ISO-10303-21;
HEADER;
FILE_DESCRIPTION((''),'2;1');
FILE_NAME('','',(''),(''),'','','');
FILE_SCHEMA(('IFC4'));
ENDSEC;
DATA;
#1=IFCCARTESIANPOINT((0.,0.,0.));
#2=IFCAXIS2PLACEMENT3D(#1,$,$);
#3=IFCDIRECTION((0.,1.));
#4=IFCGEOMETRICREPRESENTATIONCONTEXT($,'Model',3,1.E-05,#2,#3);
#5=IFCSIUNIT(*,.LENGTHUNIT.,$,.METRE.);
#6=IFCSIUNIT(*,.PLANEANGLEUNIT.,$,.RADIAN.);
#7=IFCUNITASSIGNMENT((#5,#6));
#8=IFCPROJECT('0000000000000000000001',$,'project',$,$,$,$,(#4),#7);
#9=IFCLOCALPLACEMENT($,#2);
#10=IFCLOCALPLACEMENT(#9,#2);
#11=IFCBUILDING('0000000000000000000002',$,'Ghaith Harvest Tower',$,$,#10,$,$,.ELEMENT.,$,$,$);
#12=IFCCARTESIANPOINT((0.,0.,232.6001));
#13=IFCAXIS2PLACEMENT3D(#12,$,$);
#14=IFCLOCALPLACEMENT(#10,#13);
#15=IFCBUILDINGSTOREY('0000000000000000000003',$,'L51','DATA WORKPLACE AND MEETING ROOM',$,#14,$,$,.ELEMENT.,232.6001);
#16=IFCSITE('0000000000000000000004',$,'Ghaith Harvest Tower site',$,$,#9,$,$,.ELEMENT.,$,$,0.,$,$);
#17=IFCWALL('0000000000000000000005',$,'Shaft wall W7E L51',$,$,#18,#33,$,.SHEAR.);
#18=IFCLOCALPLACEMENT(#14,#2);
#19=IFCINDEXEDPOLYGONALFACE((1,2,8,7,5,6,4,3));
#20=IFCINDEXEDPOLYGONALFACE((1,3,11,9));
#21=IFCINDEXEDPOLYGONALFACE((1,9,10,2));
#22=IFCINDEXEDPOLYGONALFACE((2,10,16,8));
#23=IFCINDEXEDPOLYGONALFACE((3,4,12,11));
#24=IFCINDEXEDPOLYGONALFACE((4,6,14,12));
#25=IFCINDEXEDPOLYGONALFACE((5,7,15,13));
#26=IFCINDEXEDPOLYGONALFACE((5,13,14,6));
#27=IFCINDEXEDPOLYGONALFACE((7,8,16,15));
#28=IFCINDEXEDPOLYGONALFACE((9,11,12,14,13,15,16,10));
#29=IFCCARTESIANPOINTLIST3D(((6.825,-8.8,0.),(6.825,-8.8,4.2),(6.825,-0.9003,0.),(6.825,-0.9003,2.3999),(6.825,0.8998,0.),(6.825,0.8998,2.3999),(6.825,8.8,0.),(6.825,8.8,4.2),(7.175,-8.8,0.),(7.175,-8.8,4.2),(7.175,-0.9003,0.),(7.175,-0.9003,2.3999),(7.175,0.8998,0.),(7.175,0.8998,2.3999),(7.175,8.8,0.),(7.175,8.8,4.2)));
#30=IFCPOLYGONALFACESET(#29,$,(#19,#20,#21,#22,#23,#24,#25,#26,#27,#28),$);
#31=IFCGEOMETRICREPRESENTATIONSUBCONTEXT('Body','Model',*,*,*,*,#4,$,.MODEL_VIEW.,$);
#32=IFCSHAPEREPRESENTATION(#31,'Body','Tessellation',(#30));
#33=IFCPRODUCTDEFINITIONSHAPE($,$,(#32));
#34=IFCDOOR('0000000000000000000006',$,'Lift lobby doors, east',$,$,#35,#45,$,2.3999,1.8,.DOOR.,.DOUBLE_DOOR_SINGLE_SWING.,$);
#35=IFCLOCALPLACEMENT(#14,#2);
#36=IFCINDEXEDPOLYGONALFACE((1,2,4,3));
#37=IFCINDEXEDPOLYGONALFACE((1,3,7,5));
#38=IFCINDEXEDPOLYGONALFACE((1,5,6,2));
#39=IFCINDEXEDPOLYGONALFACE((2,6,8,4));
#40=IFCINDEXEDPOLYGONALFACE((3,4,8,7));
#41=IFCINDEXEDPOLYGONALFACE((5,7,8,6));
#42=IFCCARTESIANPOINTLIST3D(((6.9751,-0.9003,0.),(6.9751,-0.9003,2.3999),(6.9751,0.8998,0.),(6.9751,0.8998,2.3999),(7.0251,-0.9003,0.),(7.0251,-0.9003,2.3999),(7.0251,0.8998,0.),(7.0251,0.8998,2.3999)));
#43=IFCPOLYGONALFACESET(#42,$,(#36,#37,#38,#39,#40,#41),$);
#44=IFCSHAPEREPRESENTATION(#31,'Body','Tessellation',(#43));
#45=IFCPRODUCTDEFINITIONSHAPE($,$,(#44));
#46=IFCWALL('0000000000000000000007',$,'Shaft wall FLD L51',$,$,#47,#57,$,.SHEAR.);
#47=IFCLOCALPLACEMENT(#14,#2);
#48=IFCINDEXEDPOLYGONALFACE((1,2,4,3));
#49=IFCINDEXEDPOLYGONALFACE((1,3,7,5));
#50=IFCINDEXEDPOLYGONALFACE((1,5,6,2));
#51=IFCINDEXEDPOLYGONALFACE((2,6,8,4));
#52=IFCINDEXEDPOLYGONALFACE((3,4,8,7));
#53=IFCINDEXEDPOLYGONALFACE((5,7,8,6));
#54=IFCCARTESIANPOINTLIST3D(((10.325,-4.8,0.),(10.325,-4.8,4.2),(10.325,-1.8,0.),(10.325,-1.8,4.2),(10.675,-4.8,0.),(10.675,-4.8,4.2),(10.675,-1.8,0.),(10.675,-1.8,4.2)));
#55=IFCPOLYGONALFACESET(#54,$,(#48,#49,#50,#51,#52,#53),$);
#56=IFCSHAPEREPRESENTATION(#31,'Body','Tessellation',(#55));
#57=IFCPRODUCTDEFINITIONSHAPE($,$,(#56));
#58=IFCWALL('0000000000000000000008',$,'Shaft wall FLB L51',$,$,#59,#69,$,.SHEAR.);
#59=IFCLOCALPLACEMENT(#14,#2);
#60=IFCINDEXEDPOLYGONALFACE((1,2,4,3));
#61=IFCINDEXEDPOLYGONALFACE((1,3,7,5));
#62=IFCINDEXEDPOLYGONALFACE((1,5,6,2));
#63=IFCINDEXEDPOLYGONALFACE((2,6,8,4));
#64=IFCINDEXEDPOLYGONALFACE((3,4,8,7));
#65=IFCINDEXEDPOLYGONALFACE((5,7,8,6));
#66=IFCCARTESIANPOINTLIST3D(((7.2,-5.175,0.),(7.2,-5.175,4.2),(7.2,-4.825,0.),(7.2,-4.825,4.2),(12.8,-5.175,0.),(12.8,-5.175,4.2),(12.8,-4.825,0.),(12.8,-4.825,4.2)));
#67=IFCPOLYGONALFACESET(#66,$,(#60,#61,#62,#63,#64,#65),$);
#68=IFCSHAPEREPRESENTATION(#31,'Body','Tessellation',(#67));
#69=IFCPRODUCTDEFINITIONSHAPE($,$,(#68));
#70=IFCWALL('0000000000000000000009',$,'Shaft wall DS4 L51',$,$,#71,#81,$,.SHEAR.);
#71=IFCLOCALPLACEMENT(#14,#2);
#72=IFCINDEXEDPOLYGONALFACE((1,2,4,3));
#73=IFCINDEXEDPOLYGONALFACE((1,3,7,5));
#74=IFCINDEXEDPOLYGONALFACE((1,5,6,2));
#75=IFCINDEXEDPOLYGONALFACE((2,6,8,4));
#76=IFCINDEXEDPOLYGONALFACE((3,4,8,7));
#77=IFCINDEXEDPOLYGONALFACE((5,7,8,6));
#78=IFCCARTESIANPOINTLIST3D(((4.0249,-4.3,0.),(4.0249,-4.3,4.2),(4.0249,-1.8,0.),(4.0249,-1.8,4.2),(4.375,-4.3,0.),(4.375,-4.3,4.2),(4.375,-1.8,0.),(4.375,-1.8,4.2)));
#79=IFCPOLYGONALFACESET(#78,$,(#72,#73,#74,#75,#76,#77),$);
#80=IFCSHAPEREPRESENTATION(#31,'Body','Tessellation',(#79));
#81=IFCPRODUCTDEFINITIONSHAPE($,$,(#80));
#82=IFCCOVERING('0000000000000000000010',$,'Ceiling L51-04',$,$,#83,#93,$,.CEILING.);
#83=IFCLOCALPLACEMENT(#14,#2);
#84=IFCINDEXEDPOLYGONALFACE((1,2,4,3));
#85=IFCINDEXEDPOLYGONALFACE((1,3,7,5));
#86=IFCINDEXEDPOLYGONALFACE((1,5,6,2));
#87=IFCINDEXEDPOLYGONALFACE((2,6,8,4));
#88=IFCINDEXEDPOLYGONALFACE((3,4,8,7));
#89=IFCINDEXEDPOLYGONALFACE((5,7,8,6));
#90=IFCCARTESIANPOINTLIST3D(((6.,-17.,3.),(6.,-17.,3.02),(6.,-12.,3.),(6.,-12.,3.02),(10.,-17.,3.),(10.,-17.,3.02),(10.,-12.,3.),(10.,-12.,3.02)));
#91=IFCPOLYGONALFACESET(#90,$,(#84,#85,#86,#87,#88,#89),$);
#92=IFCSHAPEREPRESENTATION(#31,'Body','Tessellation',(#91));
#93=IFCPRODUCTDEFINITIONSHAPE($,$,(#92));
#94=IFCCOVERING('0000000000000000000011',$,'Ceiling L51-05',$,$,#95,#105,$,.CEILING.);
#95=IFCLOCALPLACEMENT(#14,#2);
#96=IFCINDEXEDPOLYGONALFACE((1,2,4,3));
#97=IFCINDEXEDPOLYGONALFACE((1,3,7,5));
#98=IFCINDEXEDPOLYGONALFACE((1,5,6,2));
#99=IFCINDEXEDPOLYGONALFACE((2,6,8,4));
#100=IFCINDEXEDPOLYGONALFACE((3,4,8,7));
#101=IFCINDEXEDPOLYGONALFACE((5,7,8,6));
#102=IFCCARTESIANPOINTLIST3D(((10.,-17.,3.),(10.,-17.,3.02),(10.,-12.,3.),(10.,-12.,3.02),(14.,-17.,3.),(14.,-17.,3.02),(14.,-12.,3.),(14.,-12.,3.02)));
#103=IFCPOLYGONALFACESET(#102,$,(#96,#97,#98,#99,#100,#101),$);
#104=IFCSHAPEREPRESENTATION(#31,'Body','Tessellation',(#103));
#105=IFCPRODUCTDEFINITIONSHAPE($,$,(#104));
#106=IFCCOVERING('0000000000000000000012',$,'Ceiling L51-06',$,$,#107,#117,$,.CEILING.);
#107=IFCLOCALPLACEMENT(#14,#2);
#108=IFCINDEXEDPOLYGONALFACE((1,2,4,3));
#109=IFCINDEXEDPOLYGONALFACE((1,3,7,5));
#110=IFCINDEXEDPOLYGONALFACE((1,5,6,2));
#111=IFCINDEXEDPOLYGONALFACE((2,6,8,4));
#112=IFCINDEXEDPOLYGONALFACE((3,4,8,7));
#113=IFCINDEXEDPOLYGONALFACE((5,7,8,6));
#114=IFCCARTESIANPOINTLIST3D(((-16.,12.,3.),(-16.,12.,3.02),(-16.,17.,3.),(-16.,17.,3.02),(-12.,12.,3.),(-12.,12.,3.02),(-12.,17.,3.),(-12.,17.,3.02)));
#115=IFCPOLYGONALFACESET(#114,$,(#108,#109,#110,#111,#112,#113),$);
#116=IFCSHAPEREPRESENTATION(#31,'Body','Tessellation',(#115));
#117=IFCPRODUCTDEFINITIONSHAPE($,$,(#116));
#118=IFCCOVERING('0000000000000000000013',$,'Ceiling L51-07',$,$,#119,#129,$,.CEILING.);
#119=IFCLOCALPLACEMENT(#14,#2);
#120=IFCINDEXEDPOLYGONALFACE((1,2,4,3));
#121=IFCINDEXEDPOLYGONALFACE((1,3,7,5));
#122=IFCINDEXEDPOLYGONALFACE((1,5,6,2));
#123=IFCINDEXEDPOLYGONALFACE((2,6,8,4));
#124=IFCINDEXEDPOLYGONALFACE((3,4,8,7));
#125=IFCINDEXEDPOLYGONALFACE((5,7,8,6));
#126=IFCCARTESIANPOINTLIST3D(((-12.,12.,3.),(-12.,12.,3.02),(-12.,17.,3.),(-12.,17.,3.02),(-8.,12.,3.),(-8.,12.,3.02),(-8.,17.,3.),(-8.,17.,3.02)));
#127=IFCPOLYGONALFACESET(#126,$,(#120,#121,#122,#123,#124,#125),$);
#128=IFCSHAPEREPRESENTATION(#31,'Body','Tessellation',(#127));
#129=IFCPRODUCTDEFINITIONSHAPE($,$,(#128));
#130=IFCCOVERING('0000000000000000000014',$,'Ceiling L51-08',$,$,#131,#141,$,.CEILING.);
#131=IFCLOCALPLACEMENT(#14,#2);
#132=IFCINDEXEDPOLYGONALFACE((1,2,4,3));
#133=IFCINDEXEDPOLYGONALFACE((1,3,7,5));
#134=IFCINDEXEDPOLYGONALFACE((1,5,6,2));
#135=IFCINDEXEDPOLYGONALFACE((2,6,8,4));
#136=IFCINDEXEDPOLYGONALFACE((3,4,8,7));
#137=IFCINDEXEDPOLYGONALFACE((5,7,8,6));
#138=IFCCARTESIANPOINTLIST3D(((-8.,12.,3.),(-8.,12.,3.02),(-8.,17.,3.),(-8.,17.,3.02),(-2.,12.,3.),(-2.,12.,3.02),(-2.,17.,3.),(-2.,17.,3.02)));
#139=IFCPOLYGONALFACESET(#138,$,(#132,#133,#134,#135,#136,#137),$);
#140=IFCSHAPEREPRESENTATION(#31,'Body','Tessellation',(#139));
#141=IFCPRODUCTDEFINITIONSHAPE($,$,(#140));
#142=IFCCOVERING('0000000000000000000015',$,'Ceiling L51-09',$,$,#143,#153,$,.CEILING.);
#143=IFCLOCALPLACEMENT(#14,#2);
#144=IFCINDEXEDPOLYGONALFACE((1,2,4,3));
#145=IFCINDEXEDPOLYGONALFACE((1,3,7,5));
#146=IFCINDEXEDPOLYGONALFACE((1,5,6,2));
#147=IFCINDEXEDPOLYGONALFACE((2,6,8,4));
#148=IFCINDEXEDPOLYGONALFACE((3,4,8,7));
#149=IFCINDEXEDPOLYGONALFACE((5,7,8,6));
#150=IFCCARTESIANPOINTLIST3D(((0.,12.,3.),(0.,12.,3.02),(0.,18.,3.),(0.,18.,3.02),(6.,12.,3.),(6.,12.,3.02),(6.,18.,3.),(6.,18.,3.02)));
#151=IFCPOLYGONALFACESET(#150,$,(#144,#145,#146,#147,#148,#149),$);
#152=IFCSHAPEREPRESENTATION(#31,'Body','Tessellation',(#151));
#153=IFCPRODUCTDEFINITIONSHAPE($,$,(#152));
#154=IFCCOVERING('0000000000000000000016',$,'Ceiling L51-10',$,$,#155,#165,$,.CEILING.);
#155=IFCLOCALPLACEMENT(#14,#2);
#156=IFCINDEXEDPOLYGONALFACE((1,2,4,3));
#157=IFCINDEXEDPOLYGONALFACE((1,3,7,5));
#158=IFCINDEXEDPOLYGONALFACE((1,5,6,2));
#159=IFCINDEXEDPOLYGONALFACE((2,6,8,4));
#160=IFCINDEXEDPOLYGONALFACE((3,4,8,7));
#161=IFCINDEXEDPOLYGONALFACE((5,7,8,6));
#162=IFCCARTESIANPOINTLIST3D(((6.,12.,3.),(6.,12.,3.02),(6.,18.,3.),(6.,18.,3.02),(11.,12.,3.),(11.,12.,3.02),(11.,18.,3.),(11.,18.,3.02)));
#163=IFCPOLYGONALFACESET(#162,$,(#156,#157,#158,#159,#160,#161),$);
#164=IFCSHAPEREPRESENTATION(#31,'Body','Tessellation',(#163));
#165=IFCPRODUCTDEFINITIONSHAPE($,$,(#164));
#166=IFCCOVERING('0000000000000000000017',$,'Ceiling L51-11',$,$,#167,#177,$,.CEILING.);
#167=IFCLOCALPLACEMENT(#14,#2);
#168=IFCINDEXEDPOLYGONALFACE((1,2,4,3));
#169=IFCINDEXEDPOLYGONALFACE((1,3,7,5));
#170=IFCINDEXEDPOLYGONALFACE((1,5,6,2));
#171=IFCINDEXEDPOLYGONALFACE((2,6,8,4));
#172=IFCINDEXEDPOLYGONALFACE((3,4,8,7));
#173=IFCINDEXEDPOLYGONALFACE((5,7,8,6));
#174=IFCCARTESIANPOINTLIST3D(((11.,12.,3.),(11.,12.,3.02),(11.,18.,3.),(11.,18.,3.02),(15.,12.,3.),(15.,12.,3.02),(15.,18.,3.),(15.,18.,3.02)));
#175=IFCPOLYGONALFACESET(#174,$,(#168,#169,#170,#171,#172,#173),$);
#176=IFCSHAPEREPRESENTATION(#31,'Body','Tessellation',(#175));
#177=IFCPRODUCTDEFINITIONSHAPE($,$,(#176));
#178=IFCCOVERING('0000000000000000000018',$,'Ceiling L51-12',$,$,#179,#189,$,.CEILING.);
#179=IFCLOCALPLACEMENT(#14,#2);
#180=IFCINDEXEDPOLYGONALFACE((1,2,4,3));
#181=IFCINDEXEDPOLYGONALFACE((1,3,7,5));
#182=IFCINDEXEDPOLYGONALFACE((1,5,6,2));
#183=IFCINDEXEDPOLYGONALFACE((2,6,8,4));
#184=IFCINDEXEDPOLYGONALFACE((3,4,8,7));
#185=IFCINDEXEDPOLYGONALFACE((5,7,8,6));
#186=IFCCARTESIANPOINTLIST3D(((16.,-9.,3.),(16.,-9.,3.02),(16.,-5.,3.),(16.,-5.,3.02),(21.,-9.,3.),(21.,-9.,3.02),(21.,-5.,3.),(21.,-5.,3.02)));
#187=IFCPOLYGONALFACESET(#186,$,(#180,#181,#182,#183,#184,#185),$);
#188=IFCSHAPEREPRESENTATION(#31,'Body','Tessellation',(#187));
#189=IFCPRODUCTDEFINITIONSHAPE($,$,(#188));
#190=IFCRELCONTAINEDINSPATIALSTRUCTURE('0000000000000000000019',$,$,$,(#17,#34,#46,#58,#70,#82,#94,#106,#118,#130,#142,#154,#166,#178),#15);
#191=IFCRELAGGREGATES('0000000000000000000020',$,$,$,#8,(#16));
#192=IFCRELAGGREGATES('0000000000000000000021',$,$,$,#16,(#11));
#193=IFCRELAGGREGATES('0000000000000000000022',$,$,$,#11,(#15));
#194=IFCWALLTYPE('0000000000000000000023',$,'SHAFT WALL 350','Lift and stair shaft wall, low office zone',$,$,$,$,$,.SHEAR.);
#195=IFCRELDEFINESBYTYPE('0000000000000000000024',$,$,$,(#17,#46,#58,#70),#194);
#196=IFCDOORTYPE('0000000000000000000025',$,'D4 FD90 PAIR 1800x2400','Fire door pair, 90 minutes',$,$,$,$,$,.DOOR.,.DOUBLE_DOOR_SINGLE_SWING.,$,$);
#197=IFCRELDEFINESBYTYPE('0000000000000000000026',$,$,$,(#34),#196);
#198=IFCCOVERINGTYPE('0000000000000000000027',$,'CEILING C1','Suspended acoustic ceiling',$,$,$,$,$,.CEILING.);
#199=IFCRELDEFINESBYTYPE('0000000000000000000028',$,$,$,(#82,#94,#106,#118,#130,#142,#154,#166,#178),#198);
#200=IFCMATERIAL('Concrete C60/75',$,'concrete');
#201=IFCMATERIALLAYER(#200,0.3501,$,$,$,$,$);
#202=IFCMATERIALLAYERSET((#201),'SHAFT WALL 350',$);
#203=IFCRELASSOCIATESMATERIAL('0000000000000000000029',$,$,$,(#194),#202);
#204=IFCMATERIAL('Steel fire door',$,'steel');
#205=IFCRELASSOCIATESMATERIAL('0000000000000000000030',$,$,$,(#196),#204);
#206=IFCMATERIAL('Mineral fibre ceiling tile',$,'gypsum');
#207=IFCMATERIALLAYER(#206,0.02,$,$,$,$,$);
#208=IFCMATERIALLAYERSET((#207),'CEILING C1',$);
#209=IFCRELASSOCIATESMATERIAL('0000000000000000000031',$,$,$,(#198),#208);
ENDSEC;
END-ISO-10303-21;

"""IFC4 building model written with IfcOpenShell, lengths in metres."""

from ifc_helpers import new_model, si_unit, direction, frame, frame_2d, origin, place, context, subcontext, project, spatial, polyline, rectangle, outline, extrude, material, layer, layer_set, type_object, element, fill, save


model = new_model("IFC4")

# Units and contexts
model_context = context("Model", 3, precision=1e-05, world=origin(), true_north=direction((0.0, 1.0)))
body_context = subcontext(model_context, "Body", "Model", "MODEL_VIEW")
ifc_project = project(units=[si_unit("LENGTHUNIT", "METRE"), si_unit("PLANEANGLEUNIT", "RADIAN")], contexts=[model_context])

# Site, building, storey
site_placement = place(None, origin())
site = spatial("IfcSite", under=ifc_project, at=site_placement, Name="Ghaith Harvest Tower site", CompositionType="ELEMENT", RefElevation=0.0)
building_placement = place(site_placement, origin())
building = spatial("IfcBuilding", under=site, at=building_placement, Name="Ghaith Harvest Tower", CompositionType="ELEMENT")
storey_placement = place(building_placement, frame((0.0, 0.0, 232.6001)))
storey = spatial("IfcBuildingStorey", under=building, at=storey_placement, Name="L51", Description="DATA WORKPLACE AND MEETING ROOM", CompositionType="ELEMENT", Elevation=232.6001)

# Wall, opening, door
ifc_material_1 = material(Name="Concrete C60/75", Category="concrete")
ifc_layer_1 = layer(ifc_material_1, 0.3501)
ifc_layer_set_1 = layer_set([ifc_layer_1], Name="SHAFT WALL 350")
wall_type_1 = type_object("IfcWallType", Name="SHAFT WALL 350", Description="Lift and stair shaft wall, low office zone", PredefinedType="SHEAR", material=ifc_layer_set_1)
wall_1_placement = place(storey_placement, frame((7.0, -8.8, 0.0), z_axis=(0.0, 0.0, 1.0), x_axis=(0.0, 1.0, 0.0)))
wall_1 = element("IfcWall", 1, at=wall_1_placement, inside=storey, type_object=wall_type_1, Name="Shaft wall W7E L51", PredefinedType="SHEAR", context=body_context, shape_type="SweptSolid", body=[
    extrude(rectangle(XDim=17.6001, YDim=0.3501, at=frame_2d((8.8, 0.0))), origin(), (0.0, 0.0, 1.0), 4.2),
])
opening_1_placement = place(wall_1_placement, frame((7.8999, 0.0, 0.0)))
opening_1 = element("IfcOpeningElement", 2, at=opening_1_placement, cuts=wall_1, PredefinedType="OPENING", context=body_context, shape_type="SweptSolid", body=[
    extrude(rectangle(XDim=1.8, YDim=2.3999, at=frame_2d((0.8999, 1.2))), frame((0.0, 0.1851, 0.0), z_axis=(0.0, -1.0, 0.0), x_axis=(1.0, 0.0, 0.0)), (0.0, 0.0, 1.0), 0.3701),
])
ifc_material_2 = material(Name="Steel fire door", Category="steel")
door_type_1 = type_object("IfcDoorType", Name="D4 FD90 PAIR 1800x2400", Description="Fire door pair, 90 minutes", OperationType="DOUBLE_DOOR_SINGLE_SWING", PredefinedType="DOOR", material=ifc_material_2)
door_1_placement = place(opening_1_placement, origin())
door_1 = element("IfcDoor", 3, at=door_1_placement, inside=storey, type_object=door_type_1, Name="Lift lobby doors, east", OperationType="DOUBLE_DOOR_SINGLE_SWING", OverallHeight=2.3999, OverallWidth=1.8, PredefinedType="DOOR", context=body_context, shape_type="SweptSolid", body=[
    extrude(rectangle(XDim=1.8, YDim=2.3999, at=frame_2d((0.8999, 1.2))), frame((0.0, 0.0249, 0.0), z_axis=(0.0, -1.0, 0.0), x_axis=(1.0, 0.0, 0.0)), (0.0, 0.0, 1.0), 0.05),
])
fill(opening_1, door_1)

# Walls
wall_2_placement = place(storey_placement, frame((10.5, -4.8, 0.0), z_axis=(0.0, 0.0, 1.0), x_axis=(0.0, 1.0, 0.0)))
element("IfcWall", 4, at=wall_2_placement, inside=storey, type_object=wall_type_1, Name="Shaft wall FLD L51", PredefinedType="SHEAR", context=body_context, shape_type="SweptSolid", body=[
    extrude(rectangle(XDim=3.0, YDim=0.3501, at=frame_2d((1.5, 0.0))), origin(), (0.0, 0.0, 1.0), 4.2),
])
wall_3_placement = place(storey_placement, frame((7.2, -5.0, 0.0), z_axis=(0.0, 0.0, 1.0), x_axis=(1.0, 0.0, 0.0)))
element("IfcWall", 5, at=wall_3_placement, inside=storey, type_object=wall_type_1, Name="Shaft wall FLB L51", PredefinedType="SHEAR", context=body_context, shape_type="SweptSolid", body=[
    extrude(rectangle(XDim=5.6001, YDim=0.3501, at=frame_2d((2.8, 0.0))), origin(), (0.0, 0.0, 1.0), 4.2),
])
wall_4_placement = place(storey_placement, frame((4.2, -4.3, 0.0), z_axis=(0.0, 0.0, 1.0), x_axis=(0.0, 1.0, 0.0)))
element("IfcWall", 6, at=wall_4_placement, inside=storey, type_object=wall_type_1, Name="Shaft wall DS4 L51", PredefinedType="SHEAR", context=body_context, shape_type="SweptSolid", body=[
    extrude(rectangle(XDim=2.5, YDim=0.3501, at=frame_2d((1.25, 0.0))), origin(), (0.0, 0.0, 1.0), 4.2),
])

# Coverings
ifc_material_3 = material(Name="Mineral fibre ceiling tile", Category="gypsum")
ifc_layer_2 = layer(ifc_material_3, 0.02)
ifc_layer_set_2 = layer_set([ifc_layer_2], Name="CEILING C1")
covering_type = type_object("IfcCoveringType", Name="CEILING C1", Description="Suspended acoustic ceiling", PredefinedType="CEILING", material=ifc_layer_set_2)
covering_1_placement = place(storey_placement, frame((0.0, 0.0, 3.0)))
element("IfcCovering", 7, at=covering_1_placement, inside=storey, type_object=covering_type, Name="Ceiling L51-04", PredefinedType="CEILING", context=body_context, shape_type="SweptSolid", body=[
    extrude(outline(polyline([(6.0, -17.0), (10.0, -17.0), (10.0, -12.0), (6.0, -12.0), (6.0, -17.0)])), origin(), (0.0, 0.0, 1.0), 0.02),
])
covering_2_placement = place(storey_placement, frame((0.0, 0.0, 3.0)))
element("IfcCovering", 8, at=covering_2_placement, inside=storey, type_object=covering_type, Name="Ceiling L51-05", PredefinedType="CEILING", context=body_context, shape_type="SweptSolid", body=[
    extrude(outline(polyline([(10.0, -17.0), (14.0, -17.0), (14.0, -12.0), (10.0, -12.0), (10.0, -17.0)])), origin(), (0.0, 0.0, 1.0), 0.02),
])
covering_3_placement = place(storey_placement, frame((0.0, 0.0, 3.0)))
element("IfcCovering", 9, at=covering_3_placement, inside=storey, type_object=covering_type, Name="Ceiling L51-06", PredefinedType="CEILING", context=body_context, shape_type="SweptSolid", body=[
    extrude(outline(polyline([(-16.0, 12.0), (-12.0, 12.0), (-12.0, 17.0), (-16.0, 17.0), (-16.0, 12.0)])), origin(), (0.0, 0.0, 1.0), 0.02),
])
covering_4_placement = place(storey_placement, frame((0.0, 0.0, 3.0)))
element("IfcCovering", 10, at=covering_4_placement, inside=storey, type_object=covering_type, Name="Ceiling L51-07", PredefinedType="CEILING", context=body_context, shape_type="SweptSolid", body=[
    extrude(outline(polyline([(-12.0, 12.0), (-8.0, 12.0), (-8.0, 17.0), (-12.0, 17.0), (-12.0, 12.0)])), origin(), (0.0, 0.0, 1.0), 0.02),
])
covering_5_placement = place(storey_placement, frame((0.0, 0.0, 3.0)))
element("IfcCovering", 11, at=covering_5_placement, inside=storey, type_object=covering_type, Name="Ceiling L51-08", PredefinedType="CEILING", context=body_context, shape_type="SweptSolid", body=[
    extrude(outline(polyline([(-8.0, 12.0), (-2.0, 12.0), (-2.0, 17.0), (-8.0, 17.0), (-8.0, 12.0)])), origin(), (0.0, 0.0, 1.0), 0.02),
])
covering_6_placement = place(storey_placement, frame((0.0, 0.0, 3.0)))
element("IfcCovering", 12, at=covering_6_placement, inside=storey, type_object=covering_type, Name="Ceiling L51-09", PredefinedType="CEILING", context=body_context, shape_type="SweptSolid", body=[
    extrude(outline(polyline([(0.0, 12.0), (6.0, 12.0), (6.0, 18.0), (0.0, 18.0), (0.0, 12.0)])), origin(), (0.0, 0.0, 1.0), 0.02),
])
covering_7_placement = place(storey_placement, frame((0.0, 0.0, 3.0)))
element("IfcCovering", 13, at=covering_7_placement, inside=storey, type_object=covering_type, Name="Ceiling L51-10", PredefinedType="CEILING", context=body_context, shape_type="SweptSolid", body=[
    extrude(outline(polyline([(6.0, 12.0), (11.0, 12.0), (11.0, 18.0), (6.0, 18.0), (6.0, 12.0)])), origin(), (0.0, 0.0, 1.0), 0.02),
])
covering_8_placement = place(storey_placement, frame((0.0, 0.0, 3.0)))
element("IfcCovering", 14, at=covering_8_placement, inside=storey, type_object=covering_type, Name="Ceiling L51-11", PredefinedType="CEILING", context=body_context, shape_type="SweptSolid", body=[
    extrude(outline(polyline([(11.0, 12.0), (15.0, 12.0), (15.0, 18.0), (11.0, 18.0), (11.0, 12.0)])), origin(), (0.0, 0.0, 1.0), 0.02),
])
covering_9_placement = place(storey_placement, frame((0.0, 0.0, 3.0)))
element("IfcCovering", 15, at=covering_9_placement, inside=storey, type_object=covering_type, Name="Ceiling L51-12", PredefinedType="CEILING", context=body_context, shape_type="SweptSolid", body=[
    extrude(outline(polyline([(16.0, -9.0), (21.0, -9.0), (21.0, -5.0), (16.0, -5.0), (16.0, -9.0)])), origin(), (0.0, 0.0, 1.0), 0.02),
])

save(model, "model.ifc")
